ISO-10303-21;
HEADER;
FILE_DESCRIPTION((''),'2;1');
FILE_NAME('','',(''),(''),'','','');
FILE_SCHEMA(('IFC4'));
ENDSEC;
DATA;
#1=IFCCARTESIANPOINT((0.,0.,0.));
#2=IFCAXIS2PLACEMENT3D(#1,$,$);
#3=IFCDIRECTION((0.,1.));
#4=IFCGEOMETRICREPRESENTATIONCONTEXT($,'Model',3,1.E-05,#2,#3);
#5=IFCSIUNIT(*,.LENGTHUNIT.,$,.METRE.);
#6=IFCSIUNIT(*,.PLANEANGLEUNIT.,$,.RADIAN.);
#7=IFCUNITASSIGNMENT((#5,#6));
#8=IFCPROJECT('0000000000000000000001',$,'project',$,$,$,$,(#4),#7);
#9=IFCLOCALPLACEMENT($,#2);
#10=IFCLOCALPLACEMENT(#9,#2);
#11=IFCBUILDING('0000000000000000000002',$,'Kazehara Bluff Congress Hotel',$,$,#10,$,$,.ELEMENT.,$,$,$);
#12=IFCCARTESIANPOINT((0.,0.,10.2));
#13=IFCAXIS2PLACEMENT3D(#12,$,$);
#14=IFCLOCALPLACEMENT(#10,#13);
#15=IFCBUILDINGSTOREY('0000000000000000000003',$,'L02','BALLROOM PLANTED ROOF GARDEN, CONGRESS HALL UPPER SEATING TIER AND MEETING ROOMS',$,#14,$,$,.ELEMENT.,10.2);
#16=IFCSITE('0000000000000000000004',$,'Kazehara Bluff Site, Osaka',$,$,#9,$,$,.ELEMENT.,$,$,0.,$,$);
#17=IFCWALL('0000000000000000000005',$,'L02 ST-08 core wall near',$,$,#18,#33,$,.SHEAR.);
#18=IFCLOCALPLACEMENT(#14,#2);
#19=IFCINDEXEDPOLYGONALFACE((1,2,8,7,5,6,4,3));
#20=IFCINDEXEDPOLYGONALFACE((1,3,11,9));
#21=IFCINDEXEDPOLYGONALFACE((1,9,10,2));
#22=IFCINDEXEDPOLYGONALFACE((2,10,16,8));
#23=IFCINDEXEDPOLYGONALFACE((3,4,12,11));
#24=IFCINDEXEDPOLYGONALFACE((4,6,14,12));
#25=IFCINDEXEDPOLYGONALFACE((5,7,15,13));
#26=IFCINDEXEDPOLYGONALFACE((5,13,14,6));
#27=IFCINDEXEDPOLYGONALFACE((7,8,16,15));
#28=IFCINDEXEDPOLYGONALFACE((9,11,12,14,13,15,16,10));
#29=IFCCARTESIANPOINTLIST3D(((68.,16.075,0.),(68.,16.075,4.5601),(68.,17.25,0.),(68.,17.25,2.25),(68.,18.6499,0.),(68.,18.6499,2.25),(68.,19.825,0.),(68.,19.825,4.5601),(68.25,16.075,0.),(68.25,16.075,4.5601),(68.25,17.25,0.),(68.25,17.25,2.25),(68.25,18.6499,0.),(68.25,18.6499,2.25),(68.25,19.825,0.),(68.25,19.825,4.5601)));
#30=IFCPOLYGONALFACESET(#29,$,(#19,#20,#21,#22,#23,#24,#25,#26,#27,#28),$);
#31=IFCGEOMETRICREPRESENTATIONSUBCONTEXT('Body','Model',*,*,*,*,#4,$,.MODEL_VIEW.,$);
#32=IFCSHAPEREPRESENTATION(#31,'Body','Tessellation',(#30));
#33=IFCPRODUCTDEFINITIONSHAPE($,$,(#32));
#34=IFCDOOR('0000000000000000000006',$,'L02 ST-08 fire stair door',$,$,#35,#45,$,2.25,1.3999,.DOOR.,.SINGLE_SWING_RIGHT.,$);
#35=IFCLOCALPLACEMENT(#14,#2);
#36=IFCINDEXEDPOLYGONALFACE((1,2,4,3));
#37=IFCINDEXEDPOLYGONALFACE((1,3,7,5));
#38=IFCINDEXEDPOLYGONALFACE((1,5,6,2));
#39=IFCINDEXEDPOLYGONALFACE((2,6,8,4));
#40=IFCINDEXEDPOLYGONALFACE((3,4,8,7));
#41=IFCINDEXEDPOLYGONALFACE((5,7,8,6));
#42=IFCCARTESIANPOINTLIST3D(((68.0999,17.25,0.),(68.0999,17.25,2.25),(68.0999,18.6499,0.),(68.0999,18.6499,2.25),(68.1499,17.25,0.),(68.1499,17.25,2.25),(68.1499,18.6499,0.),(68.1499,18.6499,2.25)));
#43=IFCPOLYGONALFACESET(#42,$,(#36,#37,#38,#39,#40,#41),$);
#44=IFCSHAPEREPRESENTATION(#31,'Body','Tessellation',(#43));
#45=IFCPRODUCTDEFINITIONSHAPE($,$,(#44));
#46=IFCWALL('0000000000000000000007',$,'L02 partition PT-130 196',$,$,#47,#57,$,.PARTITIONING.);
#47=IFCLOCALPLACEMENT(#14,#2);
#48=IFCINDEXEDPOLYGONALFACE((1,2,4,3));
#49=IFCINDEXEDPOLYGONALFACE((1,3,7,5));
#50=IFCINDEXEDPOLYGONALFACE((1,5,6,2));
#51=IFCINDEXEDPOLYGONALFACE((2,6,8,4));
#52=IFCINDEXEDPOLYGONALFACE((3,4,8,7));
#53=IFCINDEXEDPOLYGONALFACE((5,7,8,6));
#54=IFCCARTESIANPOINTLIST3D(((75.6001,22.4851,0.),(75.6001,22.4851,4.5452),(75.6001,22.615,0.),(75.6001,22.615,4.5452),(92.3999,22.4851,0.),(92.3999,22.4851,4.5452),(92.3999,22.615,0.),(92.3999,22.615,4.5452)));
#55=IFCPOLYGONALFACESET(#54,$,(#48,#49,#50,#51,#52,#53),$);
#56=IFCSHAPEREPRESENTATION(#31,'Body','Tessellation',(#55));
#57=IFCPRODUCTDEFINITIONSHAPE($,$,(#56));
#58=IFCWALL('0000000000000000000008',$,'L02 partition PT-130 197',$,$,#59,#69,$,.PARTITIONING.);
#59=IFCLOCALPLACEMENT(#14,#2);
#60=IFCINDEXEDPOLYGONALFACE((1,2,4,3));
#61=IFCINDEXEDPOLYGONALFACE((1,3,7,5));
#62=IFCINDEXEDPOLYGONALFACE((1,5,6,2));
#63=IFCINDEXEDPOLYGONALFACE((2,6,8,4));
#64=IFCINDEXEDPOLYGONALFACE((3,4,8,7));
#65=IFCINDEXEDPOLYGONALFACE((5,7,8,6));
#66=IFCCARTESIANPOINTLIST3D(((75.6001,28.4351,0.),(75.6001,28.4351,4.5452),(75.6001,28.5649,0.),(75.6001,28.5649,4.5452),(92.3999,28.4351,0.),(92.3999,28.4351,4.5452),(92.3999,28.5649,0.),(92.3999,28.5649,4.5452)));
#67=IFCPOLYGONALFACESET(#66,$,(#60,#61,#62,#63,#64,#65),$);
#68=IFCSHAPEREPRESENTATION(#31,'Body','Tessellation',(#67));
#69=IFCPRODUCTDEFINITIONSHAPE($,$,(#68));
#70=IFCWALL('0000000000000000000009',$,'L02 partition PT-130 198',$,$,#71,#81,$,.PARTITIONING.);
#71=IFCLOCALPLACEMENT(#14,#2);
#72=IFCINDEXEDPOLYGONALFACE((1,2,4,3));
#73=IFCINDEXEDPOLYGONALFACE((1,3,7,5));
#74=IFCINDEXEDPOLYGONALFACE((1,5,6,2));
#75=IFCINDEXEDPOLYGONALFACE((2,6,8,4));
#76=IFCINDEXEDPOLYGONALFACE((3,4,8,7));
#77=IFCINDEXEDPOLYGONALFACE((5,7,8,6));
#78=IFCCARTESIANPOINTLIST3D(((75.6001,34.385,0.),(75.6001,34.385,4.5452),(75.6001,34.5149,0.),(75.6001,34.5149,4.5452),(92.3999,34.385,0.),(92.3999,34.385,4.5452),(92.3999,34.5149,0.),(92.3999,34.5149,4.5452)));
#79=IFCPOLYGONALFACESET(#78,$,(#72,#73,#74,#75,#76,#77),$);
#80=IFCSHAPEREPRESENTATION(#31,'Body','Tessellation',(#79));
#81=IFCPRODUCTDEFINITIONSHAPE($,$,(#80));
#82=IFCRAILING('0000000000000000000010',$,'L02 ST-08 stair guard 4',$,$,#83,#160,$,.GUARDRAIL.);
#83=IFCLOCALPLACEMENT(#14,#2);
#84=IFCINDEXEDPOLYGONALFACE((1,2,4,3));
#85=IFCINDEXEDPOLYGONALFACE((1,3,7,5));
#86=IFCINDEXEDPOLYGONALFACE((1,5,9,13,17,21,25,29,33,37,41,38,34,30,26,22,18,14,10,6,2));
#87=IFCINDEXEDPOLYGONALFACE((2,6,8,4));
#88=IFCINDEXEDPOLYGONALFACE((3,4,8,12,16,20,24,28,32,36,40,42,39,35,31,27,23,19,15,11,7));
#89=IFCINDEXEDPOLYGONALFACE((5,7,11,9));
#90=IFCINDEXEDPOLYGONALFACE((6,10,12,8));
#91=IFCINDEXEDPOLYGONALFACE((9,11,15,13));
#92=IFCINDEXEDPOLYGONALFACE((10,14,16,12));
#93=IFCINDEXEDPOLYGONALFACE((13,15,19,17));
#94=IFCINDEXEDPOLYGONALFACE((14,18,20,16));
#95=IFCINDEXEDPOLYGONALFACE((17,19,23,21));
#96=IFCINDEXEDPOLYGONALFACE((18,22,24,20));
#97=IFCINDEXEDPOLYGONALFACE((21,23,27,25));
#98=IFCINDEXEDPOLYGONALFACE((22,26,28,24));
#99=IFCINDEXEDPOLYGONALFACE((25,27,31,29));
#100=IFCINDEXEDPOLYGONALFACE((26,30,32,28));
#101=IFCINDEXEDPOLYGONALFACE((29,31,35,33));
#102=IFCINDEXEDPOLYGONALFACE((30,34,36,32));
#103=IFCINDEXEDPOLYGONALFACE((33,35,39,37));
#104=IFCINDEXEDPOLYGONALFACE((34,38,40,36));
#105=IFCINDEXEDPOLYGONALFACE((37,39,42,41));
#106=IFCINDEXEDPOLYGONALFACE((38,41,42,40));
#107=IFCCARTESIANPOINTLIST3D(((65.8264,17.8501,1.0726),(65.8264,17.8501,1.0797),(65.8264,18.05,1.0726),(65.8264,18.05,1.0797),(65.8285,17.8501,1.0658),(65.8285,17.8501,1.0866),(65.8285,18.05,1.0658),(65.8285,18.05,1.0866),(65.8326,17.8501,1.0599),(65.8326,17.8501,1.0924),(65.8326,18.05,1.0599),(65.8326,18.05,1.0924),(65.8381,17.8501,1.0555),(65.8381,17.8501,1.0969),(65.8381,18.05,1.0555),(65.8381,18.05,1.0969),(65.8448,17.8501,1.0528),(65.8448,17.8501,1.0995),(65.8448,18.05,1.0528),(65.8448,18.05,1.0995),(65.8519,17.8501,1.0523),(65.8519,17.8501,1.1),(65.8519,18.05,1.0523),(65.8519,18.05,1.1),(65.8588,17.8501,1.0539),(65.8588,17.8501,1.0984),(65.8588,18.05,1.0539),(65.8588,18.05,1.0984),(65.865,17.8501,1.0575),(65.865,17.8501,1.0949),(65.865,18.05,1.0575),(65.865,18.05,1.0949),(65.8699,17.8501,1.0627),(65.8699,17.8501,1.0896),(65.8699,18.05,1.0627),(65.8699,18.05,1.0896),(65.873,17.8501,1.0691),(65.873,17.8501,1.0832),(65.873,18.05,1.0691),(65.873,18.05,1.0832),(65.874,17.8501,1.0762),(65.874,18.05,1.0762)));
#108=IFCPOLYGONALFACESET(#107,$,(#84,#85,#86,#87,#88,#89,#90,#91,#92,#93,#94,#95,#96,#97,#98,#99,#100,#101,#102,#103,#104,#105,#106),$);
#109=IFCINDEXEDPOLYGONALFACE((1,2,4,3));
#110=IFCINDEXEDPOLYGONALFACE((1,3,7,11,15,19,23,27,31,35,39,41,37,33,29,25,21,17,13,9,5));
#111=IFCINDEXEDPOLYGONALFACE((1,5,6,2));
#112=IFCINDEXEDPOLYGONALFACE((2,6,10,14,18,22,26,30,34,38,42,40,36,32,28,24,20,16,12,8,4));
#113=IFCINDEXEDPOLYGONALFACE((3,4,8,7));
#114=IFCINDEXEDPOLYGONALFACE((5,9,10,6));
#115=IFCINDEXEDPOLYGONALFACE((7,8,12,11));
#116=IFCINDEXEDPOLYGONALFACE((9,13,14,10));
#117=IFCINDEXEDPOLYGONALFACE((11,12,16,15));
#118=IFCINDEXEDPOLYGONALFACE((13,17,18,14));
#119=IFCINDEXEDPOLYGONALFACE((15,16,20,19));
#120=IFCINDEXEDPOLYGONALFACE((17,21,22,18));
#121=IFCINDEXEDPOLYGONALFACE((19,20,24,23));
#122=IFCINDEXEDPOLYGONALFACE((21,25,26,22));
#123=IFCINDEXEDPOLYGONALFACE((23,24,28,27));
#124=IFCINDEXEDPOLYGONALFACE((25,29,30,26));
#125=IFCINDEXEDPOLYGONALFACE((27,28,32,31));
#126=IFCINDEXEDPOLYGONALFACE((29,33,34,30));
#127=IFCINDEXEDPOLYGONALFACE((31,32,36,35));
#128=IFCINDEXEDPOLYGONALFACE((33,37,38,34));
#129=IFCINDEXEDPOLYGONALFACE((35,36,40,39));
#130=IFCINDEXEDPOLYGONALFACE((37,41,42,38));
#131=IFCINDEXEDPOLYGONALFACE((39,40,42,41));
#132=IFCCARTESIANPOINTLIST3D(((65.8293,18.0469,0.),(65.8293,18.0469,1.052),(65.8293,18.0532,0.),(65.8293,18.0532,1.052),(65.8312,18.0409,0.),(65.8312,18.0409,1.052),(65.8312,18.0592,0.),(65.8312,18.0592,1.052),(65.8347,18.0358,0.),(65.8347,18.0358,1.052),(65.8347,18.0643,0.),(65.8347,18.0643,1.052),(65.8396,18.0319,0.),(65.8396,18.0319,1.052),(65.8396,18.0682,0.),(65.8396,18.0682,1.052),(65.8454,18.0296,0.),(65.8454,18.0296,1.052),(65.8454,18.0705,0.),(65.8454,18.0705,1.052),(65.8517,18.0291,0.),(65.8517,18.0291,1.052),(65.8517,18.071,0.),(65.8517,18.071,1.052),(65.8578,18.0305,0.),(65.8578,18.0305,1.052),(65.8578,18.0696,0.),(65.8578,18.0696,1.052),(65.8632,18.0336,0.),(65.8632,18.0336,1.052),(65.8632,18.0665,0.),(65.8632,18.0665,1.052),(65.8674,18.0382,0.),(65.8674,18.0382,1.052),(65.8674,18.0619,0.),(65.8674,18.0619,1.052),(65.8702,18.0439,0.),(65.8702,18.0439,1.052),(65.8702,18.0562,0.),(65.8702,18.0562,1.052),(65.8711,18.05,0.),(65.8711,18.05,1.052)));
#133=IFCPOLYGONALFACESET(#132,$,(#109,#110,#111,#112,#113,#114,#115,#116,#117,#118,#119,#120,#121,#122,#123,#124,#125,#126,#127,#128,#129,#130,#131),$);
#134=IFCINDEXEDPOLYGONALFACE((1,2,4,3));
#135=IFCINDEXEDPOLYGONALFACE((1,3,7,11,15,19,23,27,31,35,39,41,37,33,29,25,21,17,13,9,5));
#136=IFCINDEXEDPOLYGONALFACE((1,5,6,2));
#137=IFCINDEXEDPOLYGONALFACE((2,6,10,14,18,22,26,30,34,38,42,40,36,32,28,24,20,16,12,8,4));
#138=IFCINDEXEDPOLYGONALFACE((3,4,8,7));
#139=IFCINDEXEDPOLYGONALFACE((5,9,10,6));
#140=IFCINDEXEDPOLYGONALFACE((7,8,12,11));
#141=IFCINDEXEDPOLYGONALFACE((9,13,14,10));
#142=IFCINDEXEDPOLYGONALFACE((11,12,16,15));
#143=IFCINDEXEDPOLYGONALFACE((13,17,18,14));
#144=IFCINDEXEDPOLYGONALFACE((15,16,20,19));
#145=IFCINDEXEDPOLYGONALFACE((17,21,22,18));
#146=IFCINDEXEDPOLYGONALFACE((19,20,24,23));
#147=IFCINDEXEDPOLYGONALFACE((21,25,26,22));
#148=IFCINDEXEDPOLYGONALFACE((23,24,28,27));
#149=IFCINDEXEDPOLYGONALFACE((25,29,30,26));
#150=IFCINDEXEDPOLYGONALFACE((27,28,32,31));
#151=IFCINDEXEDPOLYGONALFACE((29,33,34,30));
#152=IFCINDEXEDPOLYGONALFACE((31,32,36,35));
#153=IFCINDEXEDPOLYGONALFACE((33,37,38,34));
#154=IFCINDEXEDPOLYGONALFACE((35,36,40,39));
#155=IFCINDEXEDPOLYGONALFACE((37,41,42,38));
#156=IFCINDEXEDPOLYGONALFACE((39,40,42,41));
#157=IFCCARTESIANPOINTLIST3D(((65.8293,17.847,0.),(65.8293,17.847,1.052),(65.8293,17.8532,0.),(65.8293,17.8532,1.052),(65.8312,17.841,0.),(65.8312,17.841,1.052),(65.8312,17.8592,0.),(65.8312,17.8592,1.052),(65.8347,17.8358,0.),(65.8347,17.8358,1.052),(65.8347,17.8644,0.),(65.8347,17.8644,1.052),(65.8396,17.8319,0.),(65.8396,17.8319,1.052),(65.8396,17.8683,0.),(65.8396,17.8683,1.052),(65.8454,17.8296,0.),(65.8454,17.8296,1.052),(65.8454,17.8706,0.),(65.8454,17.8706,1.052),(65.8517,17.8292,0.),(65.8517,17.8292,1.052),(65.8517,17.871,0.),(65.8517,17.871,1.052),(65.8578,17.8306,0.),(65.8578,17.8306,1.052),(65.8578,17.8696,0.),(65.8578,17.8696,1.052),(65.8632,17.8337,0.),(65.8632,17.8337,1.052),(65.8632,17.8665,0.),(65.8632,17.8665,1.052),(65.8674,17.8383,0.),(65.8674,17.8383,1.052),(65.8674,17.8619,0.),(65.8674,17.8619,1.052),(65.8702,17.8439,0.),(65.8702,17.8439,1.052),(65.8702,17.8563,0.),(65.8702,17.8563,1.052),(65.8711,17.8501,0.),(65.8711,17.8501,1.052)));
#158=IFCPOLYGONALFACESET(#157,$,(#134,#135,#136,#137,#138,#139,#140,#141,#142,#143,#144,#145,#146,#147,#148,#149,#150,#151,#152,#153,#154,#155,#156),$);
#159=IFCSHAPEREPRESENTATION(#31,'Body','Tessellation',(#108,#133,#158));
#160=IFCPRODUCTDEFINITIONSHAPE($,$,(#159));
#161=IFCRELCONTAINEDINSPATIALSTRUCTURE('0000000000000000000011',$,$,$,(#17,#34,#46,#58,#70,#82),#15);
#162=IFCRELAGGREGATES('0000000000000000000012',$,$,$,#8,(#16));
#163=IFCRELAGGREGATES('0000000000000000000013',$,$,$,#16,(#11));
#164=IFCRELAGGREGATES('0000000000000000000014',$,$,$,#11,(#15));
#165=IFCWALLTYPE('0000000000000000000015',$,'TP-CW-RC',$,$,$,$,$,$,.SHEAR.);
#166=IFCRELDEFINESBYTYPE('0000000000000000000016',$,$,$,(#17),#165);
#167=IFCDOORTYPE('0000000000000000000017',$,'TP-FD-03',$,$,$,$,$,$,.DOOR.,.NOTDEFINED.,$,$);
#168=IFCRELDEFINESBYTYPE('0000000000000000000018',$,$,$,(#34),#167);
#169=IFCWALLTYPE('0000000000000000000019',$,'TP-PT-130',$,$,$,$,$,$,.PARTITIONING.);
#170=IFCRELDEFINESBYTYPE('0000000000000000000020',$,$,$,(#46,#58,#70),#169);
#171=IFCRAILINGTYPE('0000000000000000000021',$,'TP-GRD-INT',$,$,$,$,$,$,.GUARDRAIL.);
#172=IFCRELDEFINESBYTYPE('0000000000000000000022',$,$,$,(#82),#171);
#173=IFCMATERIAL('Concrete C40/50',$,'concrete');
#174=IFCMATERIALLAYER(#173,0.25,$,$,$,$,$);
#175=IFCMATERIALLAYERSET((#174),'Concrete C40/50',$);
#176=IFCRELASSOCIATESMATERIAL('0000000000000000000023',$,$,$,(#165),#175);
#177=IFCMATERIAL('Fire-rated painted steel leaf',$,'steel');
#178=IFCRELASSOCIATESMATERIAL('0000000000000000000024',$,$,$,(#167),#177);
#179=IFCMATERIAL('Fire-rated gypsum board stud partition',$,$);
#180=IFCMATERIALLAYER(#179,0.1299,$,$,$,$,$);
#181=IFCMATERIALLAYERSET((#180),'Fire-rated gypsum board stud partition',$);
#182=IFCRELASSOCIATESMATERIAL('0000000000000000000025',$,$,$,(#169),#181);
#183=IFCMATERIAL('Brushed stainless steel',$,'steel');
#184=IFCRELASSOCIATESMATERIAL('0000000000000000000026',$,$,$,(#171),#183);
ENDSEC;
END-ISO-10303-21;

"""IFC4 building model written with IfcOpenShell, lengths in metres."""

from ifc_helpers import new_model, si_unit, direction, frame, frame_2d, origin, origin_2d, place, context, subcontext, project, spatial, rectangle, circle, extrude, material, layer, layer_set, type_object, element, fill, save


model = new_model("IFC4")

# Units and contexts
model_context = context("Model", 3, precision=1e-05, world=origin(), true_north=direction((0.0, 1.0)))
body_context = subcontext(model_context, "Body", "Model", "MODEL_VIEW")
ifc_project = project(units=[si_unit("LENGTHUNIT", "METRE"), si_unit("PLANEANGLEUNIT", "RADIAN")], contexts=[model_context])

# Site, building, storey
site_placement = place(None, origin())
site = spatial("IfcSite", under=ifc_project, at=site_placement, Name="Kazehara Bluff Site, Osaka", CompositionType="ELEMENT", RefElevation=0.0)
building_placement = place(site_placement, origin())
building = spatial("IfcBuilding", under=site, at=building_placement, Name="Kazehara Bluff Congress Hotel", CompositionType="ELEMENT")
storey_placement = place(building_placement, frame((0.0, 0.0, 10.2)))
storey = spatial("IfcBuildingStorey", under=building, at=storey_placement, Name="L02", Description="BALLROOM PLANTED ROOF GARDEN, CONGRESS HALL UPPER SEATING TIER AND MEETING ROOMS", CompositionType="ELEMENT", Elevation=10.2)

# Wall, opening, door
ifc_material_1 = material(Name="Concrete C40/50", Category="concrete")
ifc_layer_1 = layer(ifc_material_1, 0.25)
ifc_layer_set_1 = layer_set([ifc_layer_1], Name="Concrete C40/50")
wall_type_1 = type_object("IfcWallType", Name="TP-CW-RC", PredefinedType="SHEAR", material=ifc_layer_set_1)
wall_placement = place(storey_placement, frame((68.125, 19.825, 0.0), z_axis=(0.0, 0.0, 1.0), x_axis=(0.0, -1.0, 0.0)))
wall = element("IfcWall", 1, at=wall_placement, inside=storey, type_object=wall_type_1, Name="L02 ST-08 core wall near", PredefinedType="SHEAR", context=body_context, shape_type="SweptSolid", body=[
    extrude(rectangle(XDim=3.75, YDim=0.25, at=frame_2d((1.875, 0.0))), origin(), (0.0, 0.0, 1.0), 4.5601),
])
opening_placement = place(wall_placement, frame((1.175, 0.0, 0.0)))
opening = element("IfcOpeningElement", 2, at=opening_placement, cuts=wall, PredefinedType="OPENING", context=body_context, shape_type="SweptSolid", body=[
    extrude(rectangle(XDim=1.3999, YDim=2.25, at=frame_2d((0.7, 1.125))), frame((0.0, 0.135, 0.0), z_axis=(0.0, -1.0, 0.0), x_axis=(1.0, 0.0, 0.0)), (0.0, 0.0, 1.0), 0.27),
])
ifc_material_2 = material(Name="Fire-rated painted steel leaf", Category="steel")
door_type = type_object("IfcDoorType", Name="TP-FD-03", OperationType="NOTDEFINED", PredefinedType="DOOR", material=ifc_material_2)
door_placement = place(opening_placement, origin())
door = element("IfcDoor", 3, at=door_placement, inside=storey, type_object=door_type, Name="L02 ST-08 fire stair door", OperationType="SINGLE_SWING_RIGHT", OverallHeight=2.25, OverallWidth=1.3999, PredefinedType="DOOR", context=body_context, shape_type="SweptSolid", body=[
    extrude(rectangle(XDim=1.3999, YDim=2.25, at=frame_2d((0.7, 1.125))), frame((0.0, 0.0249, 0.0), z_axis=(0.0, -1.0, 0.0), x_axis=(1.0, 0.0, 0.0)), (0.0, 0.0, 1.0), 0.05),
])
fill(opening, door)

# Walls
ifc_material_3 = material(Name="Fire-rated gypsum board stud partition")
ifc_layer_2 = layer(ifc_material_3, 0.1299)
ifc_layer_set_2 = layer_set([ifc_layer_2], Name="Fire-rated gypsum board stud partition")
wall_type_2 = type_object("IfcWallType", Name="TP-PT-130", PredefinedType="PARTITIONING", material=ifc_layer_set_2)
for number, where, z_axis, x_axis, name in (
    (4, (75.6001, 22.55, 0.0), (0.0, 0.0, 1.0), (1.0, 0.0, 0.0), "L02 partition PT-130 196"),
    (5, (75.6001, 28.5, 0.0), (0.0, 0.0, 1.0), (1.0, 0.0, 0.0), "L02 partition PT-130 197"),
    (6, (75.6001, 34.45, 0.0), (0.0, 0.0, 1.0), (1.0, 0.0, 0.0), "L02 partition PT-130 198"),
):
    element("IfcWall", number, at=place(storey_placement, frame(where, z_axis=z_axis, x_axis=x_axis)), inside=storey, type_object=wall_type_2, Name=name, PredefinedType="PARTITIONING", context=body_context, shape_type="SweptSolid", body=[
        extrude(rectangle(XDim=16.7998, YDim=0.1299, at=frame_2d((8.3999, 0.0))), origin(), (0.0, 0.0, 1.0), 4.5452),
    ])

# Railing
ifc_material_4 = material(Name="Brushed stainless steel", Category="steel")
railing_type_1 = type_object("IfcRailingType", Name="TP-GRD-INT", PredefinedType="GUARDRAIL", material=ifc_material_4)
railing_1_placement = place(storey_placement, frame((65.8501, 18.05, 0.0)))
element("IfcRailing", 7, at=railing_1_placement, inside=storey, type_object=railing_type_1, Name="L02 ST-08 stair guard 4", PredefinedType="GUARDRAIL", context=body_context, shape_type="SweptSolid", body=[
    extrude(circle(Radius=0.0239, at=origin_2d()), frame((0.0, 0.0, 1.0762), z_axis=(0.0, -1.0, 0.0), x_axis=(1.0, 0.0, 0.0)), (0.0, 0.0, 1.0), 0.2),
    extrude(circle(Radius=0.021, at=origin_2d()), origin(), (0.0, 0.0, 1.0), 1.052),
    extrude(circle(Radius=0.021, at=origin_2d()), frame((0.0, -0.2, 0.0)), (0.0, 0.0, 1.0), 1.052),
])

save(model, "model.ifc")
